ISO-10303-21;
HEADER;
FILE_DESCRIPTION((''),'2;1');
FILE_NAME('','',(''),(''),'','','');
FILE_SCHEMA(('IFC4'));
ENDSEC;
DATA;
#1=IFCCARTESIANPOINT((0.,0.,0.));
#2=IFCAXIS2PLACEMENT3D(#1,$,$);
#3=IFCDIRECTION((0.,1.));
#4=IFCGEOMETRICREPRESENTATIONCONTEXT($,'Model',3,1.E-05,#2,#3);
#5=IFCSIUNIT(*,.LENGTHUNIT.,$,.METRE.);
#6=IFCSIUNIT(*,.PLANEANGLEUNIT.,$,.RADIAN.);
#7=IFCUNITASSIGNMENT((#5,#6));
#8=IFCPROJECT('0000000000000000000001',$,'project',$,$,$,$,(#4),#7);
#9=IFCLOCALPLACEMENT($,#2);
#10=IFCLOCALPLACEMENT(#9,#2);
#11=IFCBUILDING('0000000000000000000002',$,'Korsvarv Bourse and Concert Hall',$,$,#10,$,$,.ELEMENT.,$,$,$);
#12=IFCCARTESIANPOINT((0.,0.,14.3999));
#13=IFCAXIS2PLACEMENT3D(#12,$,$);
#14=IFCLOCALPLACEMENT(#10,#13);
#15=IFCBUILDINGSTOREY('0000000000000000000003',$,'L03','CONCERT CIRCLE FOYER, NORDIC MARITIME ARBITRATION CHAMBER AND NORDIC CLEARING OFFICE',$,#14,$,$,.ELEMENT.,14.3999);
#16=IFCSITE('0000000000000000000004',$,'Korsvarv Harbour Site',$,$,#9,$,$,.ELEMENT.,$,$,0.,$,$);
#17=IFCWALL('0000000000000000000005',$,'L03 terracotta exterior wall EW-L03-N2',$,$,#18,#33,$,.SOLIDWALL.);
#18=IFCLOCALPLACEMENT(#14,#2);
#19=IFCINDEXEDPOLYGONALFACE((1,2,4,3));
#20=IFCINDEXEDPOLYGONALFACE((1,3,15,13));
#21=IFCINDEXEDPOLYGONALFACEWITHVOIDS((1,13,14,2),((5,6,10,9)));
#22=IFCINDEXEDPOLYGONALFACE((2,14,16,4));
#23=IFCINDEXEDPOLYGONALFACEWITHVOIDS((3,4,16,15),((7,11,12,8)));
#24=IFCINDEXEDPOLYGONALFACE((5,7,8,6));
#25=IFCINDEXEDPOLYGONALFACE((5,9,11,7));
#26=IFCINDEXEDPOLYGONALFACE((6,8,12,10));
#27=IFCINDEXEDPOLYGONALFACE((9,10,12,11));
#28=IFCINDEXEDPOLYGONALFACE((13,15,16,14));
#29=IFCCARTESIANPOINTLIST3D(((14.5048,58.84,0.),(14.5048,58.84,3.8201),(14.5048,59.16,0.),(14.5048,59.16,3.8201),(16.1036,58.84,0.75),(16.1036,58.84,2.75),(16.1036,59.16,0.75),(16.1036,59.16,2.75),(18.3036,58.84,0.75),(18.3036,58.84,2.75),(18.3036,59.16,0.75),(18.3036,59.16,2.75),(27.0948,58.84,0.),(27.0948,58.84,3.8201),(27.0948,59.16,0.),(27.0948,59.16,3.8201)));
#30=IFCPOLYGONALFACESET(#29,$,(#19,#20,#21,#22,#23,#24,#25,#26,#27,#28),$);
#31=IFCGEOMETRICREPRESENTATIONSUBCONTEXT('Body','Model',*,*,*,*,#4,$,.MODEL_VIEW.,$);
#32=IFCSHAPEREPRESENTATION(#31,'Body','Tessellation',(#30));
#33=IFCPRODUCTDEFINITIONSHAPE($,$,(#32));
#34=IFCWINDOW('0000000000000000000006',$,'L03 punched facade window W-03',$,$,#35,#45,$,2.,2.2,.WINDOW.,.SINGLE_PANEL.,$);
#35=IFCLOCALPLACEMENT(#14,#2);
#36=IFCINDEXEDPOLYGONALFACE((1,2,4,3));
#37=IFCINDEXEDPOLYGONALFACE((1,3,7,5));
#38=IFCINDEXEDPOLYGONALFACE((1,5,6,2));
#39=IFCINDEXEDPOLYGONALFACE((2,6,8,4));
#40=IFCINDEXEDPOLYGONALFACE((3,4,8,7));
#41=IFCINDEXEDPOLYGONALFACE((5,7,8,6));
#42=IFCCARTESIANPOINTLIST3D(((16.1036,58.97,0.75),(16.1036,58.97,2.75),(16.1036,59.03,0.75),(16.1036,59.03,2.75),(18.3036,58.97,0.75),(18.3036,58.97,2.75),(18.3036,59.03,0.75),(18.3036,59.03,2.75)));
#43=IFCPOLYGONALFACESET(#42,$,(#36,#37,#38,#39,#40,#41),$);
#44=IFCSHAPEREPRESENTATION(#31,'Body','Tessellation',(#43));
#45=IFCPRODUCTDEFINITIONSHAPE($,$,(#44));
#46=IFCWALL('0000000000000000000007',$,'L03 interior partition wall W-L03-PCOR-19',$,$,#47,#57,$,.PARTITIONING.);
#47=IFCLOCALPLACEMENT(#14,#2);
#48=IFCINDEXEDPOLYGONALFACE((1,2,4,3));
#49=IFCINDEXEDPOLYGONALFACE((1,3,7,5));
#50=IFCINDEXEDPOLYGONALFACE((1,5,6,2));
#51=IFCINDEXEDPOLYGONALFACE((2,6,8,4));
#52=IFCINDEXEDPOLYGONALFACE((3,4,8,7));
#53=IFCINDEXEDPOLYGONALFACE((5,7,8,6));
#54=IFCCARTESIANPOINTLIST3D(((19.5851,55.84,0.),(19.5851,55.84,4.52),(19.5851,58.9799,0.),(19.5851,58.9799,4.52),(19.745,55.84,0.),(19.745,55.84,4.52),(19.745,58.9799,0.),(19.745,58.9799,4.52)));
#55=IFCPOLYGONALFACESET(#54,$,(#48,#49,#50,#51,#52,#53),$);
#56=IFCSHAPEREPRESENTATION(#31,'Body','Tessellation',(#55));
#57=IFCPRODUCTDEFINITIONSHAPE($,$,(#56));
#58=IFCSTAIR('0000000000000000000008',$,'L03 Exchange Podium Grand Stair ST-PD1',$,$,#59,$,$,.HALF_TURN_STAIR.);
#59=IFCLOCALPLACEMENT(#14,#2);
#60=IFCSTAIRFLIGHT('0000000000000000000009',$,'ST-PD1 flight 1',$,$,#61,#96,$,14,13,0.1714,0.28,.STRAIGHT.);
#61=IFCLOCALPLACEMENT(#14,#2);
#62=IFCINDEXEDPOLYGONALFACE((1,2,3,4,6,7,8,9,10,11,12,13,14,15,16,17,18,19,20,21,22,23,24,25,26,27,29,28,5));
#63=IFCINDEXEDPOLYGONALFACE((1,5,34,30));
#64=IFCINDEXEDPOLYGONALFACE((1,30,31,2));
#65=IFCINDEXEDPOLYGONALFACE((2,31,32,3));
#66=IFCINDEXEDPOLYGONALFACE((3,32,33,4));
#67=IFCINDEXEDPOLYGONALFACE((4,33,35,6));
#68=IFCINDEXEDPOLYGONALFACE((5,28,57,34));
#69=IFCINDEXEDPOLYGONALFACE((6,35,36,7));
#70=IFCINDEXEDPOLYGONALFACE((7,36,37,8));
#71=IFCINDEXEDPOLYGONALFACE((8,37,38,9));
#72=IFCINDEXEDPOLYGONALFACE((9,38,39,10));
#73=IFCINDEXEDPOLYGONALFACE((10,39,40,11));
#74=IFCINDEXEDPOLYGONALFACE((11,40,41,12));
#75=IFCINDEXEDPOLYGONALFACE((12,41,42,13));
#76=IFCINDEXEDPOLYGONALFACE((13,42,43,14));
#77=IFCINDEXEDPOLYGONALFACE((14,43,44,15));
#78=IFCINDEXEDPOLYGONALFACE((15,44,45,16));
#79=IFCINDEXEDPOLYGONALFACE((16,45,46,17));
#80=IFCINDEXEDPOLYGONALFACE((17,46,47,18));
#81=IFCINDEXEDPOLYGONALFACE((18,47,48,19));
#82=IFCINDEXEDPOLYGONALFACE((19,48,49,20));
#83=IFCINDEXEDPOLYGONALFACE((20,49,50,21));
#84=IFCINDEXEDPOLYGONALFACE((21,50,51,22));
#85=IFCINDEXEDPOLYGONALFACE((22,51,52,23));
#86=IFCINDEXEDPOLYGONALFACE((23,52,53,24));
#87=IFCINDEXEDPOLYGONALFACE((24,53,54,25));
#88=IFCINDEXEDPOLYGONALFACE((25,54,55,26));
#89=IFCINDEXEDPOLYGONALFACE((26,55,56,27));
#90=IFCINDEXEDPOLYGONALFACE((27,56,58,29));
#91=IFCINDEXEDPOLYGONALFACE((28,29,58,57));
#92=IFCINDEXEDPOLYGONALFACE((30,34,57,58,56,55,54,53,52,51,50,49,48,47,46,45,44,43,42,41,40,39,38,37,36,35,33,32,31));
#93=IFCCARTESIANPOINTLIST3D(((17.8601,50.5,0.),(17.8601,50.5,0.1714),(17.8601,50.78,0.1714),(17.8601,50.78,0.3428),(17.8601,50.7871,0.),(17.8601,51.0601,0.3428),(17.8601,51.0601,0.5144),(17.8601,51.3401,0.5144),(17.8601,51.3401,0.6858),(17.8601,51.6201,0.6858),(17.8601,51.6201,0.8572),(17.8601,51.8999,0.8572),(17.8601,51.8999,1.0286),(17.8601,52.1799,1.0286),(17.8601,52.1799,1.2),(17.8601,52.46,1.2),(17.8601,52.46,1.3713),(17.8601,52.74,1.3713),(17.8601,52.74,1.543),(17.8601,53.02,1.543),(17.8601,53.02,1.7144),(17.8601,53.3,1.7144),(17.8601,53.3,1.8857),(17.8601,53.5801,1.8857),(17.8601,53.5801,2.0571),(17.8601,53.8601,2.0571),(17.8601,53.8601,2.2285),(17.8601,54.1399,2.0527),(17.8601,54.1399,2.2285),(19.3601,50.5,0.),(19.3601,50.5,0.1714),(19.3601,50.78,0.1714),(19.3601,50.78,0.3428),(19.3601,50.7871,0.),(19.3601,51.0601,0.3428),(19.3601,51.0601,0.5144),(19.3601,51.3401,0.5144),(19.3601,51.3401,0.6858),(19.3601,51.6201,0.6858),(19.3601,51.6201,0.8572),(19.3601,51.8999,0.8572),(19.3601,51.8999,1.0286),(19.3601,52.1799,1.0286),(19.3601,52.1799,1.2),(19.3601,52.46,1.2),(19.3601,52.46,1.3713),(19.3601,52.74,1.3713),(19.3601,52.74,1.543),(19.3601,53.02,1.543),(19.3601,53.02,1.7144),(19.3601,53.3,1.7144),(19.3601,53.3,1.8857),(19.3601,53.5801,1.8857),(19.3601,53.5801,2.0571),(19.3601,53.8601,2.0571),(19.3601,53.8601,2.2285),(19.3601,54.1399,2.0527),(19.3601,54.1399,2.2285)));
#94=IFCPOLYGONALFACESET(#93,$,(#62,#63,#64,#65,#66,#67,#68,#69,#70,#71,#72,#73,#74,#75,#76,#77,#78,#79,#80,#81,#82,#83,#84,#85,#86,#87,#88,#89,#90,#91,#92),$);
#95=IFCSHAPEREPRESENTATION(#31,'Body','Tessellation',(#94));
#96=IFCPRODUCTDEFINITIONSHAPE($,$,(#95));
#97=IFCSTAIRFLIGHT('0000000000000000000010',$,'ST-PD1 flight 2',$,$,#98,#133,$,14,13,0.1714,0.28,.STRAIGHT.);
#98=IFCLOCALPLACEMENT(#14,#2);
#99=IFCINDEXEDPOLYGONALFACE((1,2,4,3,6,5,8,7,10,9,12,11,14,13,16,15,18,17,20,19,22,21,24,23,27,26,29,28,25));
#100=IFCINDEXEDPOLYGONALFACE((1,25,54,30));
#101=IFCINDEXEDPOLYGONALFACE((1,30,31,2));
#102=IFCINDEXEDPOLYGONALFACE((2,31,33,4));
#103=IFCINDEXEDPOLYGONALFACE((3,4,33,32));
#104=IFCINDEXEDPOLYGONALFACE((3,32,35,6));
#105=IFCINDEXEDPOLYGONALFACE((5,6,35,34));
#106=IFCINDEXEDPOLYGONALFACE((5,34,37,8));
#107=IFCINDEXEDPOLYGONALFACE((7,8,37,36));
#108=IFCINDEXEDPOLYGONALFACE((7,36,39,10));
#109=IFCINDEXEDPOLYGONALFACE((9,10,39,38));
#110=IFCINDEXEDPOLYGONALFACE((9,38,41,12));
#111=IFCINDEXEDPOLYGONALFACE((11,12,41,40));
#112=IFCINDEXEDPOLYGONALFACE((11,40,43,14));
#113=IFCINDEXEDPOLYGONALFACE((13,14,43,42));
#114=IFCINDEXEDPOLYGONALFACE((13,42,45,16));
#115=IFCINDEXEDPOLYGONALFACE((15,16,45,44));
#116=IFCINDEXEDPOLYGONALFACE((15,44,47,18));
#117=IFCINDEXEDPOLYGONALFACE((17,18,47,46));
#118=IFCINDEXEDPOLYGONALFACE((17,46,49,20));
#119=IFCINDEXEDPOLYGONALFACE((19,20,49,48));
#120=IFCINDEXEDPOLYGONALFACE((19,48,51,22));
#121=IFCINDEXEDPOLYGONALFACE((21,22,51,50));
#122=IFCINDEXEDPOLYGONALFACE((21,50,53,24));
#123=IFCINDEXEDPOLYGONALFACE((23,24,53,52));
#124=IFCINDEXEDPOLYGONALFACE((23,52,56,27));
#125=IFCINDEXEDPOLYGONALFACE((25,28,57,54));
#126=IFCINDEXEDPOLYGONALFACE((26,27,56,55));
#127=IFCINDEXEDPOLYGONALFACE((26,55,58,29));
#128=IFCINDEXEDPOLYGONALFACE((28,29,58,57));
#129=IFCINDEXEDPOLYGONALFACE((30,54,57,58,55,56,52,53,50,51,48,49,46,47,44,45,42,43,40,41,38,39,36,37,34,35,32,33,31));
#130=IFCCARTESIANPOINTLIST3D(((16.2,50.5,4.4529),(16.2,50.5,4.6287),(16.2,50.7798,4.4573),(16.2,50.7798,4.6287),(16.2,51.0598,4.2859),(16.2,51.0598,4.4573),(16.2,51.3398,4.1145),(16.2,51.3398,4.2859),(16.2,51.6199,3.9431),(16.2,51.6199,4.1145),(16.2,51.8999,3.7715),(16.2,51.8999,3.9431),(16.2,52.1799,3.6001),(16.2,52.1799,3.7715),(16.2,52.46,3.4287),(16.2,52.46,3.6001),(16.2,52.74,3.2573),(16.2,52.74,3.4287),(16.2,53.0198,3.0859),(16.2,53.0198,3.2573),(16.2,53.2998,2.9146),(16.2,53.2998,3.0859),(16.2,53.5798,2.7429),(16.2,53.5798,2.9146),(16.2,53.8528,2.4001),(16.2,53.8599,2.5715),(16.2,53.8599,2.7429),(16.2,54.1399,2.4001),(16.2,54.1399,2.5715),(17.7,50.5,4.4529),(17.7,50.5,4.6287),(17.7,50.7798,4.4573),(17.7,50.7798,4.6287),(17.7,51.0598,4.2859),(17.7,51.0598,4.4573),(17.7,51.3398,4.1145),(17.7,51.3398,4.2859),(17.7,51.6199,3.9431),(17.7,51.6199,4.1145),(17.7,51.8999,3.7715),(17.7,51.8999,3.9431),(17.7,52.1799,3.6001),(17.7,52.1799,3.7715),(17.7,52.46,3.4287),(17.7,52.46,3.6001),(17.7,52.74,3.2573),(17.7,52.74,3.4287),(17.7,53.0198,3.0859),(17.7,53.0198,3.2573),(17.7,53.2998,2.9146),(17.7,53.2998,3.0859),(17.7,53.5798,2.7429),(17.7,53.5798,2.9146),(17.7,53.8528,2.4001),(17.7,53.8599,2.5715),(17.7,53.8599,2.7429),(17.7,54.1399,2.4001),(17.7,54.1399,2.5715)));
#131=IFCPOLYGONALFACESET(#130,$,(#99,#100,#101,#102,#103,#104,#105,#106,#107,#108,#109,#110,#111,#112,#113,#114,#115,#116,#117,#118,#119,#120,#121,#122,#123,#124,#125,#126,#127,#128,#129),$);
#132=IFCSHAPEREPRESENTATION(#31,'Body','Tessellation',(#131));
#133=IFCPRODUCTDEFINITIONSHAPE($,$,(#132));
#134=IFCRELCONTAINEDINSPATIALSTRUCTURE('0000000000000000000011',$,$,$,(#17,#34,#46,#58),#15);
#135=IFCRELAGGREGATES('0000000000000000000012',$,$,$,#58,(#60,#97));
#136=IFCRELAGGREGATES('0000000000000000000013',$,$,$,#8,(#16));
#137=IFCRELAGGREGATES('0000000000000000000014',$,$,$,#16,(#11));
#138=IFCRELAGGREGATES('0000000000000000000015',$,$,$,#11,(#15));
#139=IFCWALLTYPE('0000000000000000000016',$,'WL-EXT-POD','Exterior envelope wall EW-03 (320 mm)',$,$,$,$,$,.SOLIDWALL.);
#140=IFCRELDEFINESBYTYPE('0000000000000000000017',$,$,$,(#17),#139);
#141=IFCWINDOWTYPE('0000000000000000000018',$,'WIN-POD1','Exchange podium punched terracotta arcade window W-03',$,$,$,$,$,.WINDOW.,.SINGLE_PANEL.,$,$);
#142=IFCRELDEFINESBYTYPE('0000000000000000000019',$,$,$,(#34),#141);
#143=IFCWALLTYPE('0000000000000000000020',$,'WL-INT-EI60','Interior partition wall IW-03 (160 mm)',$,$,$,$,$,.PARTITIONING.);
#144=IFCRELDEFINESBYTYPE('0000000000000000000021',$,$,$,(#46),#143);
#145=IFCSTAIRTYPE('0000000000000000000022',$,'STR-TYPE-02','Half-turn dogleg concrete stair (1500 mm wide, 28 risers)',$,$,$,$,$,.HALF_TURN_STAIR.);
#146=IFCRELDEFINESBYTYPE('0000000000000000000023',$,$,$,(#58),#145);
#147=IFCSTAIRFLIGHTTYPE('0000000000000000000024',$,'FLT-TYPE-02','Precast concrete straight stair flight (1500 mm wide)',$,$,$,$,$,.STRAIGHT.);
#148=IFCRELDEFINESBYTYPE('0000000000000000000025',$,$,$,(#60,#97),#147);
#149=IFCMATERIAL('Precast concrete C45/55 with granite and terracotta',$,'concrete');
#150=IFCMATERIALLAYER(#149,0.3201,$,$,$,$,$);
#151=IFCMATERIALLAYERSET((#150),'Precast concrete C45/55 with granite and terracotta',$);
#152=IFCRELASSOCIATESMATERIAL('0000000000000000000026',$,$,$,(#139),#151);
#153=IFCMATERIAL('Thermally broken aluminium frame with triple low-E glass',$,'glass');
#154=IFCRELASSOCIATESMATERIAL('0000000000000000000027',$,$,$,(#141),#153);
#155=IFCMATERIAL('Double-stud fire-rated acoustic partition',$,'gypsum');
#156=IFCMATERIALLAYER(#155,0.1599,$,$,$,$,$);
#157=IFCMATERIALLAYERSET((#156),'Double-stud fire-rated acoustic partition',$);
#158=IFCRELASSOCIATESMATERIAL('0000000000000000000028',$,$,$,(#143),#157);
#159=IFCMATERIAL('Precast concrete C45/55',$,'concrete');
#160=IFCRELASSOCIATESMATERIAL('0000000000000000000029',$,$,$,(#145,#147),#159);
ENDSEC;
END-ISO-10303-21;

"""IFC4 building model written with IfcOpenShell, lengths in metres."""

from ifc_helpers import new_model, si_unit, direction, frame, frame_2d, origin, place, context, subcontext, project, spatial, polyline, rectangle, outline, extrude, material, layer, layer_set, type_object, element, fill, aggregate, save


model = new_model("IFC4")

# Units and contexts
model_context = context("Model", 3, precision=1e-05, world=origin(), true_north=direction((0.0, 1.0)))
body_context = subcontext(model_context, "Body", "Model", "MODEL_VIEW")
ifc_project = project(units=[si_unit("LENGTHUNIT", "METRE"), si_unit("PLANEANGLEUNIT", "RADIAN")], contexts=[model_context])

# Site, building, storey
site_placement = place(None, origin())
site = spatial("IfcSite", under=ifc_project, at=site_placement, Name="Korsvarv Harbour Site", CompositionType="ELEMENT", RefElevation=0.0)
building_placement = place(site_placement, origin())
building = spatial("IfcBuilding", under=site, at=building_placement, Name="Korsvarv Bourse and Concert Hall", CompositionType="ELEMENT")
storey_placement = place(building_placement, frame((0.0, 0.0, 14.3999)))
storey = spatial("IfcBuildingStorey", under=building, at=storey_placement, Name="L03", Description="CONCERT CIRCLE FOYER, NORDIC MARITIME ARBITRATION CHAMBER AND NORDIC CLEARING OFFICE", CompositionType="ELEMENT", Elevation=14.3999)

# Wall, opening, window
ifc_material_1 = material(Name="Precast concrete C45/55 with granite and terracotta", Category="concrete")
ifc_layer_1 = layer(ifc_material_1, 0.3201)
ifc_layer_set_1 = layer_set([ifc_layer_1], Name="Precast concrete C45/55 with granite and terracotta")
wall_type_1 = type_object("IfcWallType", Name="WL-EXT-POD", Description="Exterior envelope wall EW-03 (320 mm)", PredefinedType="SOLIDWALL", material=ifc_layer_set_1)
wall_1_placement = place(storey_placement, frame((14.5049, 59.0, 0.0), z_axis=(0.0, 0.0, 1.0), x_axis=(1.0, 0.0, 0.0)))
wall_1 = element("IfcWall", 1, at=wall_1_placement, inside=storey, type_object=wall_type_1, Name="L03 terracotta exterior wall EW-L03-N2", PredefinedType="SOLIDWALL", context=body_context, shape_type="SweptSolid", body=[
    extrude(rectangle(XDim=12.5901, YDim=0.3201, at=frame_2d((6.2949, 0.0))), origin(), (0.0, 0.0, 1.0), 3.8201),
])
opening_1_placement = place(wall_1_placement, frame((1.5986, 0.0, 0.75)))
opening_1 = element("IfcOpeningElement", 2, at=opening_1_placement, cuts=wall_1, PredefinedType="OPENING", context=body_context, shape_type="SweptSolid", body=[
    extrude(rectangle(XDim=2.2, YDim=2.0, at=frame_2d((1.1001, 1.0))), frame((0.0, 0.1699, 0.0), z_axis=(0.0, -1.0, 0.0), x_axis=(1.0, 0.0, 0.0)), (0.0, 0.0, 1.0), 0.3401),
])
ifc_material_2 = material(Name="Thermally broken aluminium frame with triple low-E glass", Category="glass")
window_type = type_object("IfcWindowType", Name="WIN-POD1", Description="Exchange podium punched terracotta arcade window W-03", PartitioningType="SINGLE_PANEL", PredefinedType="WINDOW", material=ifc_material_2)
window_placement = place(opening_1_placement, origin())
window = element("IfcWindow", 3, at=window_placement, inside=storey, type_object=window_type, Name="L03 punched facade window W-03", OverallHeight=2.0, OverallWidth=2.2, PartitioningType="SINGLE_PANEL", PredefinedType="WINDOW", context=body_context, shape_type="SweptSolid", body=[
    extrude(rectangle(XDim=2.2, YDim=2.0, at=frame_2d((1.1001, 1.0))), frame((0.0, 0.03, 0.0), z_axis=(0.0, -1.0, 0.0), x_axis=(1.0, 0.0, 0.0)), (0.0, 0.0, 1.0), 0.0601),
])
fill(opening_1, window)

# Wall
ifc_material_3 = material(Name="Double-stud fire-rated acoustic partition", Category="gypsum")
ifc_layer_2 = layer(ifc_material_3, 0.1599)
ifc_layer_set_2 = layer_set([ifc_layer_2], Name="Double-stud fire-rated acoustic partition")
wall_type_2 = type_object("IfcWallType", Name="WL-INT-EI60", Description="Interior partition wall IW-03 (160 mm)", PredefinedType="PARTITIONING", material=ifc_layer_set_2)
wall_2_placement = place(storey_placement, frame((19.665, 55.8401, 0.0), z_axis=(0.0, 0.0, 1.0), x_axis=(0.0, 1.0, 0.0)))
element("IfcWall", 4, at=wall_2_placement, inside=storey, type_object=wall_type_2, Name="L03 interior partition wall W-L03-PCOR-19", PredefinedType="PARTITIONING", context=body_context, shape_type="SweptSolid", body=[
    extrude(rectangle(XDim=3.1399, YDim=0.1599, at=frame_2d((1.5698, 0.0))), origin(), (0.0, 0.0, 1.0), 4.52),
])

# Stair, stair flights
ifc_material_4 = material(Name="Precast concrete C45/55", Category="concrete")
stair_type = type_object("IfcStairType", Name="STR-TYPE-02", Description="Half-turn dogleg concrete stair (1500 mm wide, 28 risers)", PredefinedType="HALF_TURN_STAIR", material=ifc_material_4)
stair_placement = place(storey_placement, origin())
stair = element("IfcStair", 5, at=stair_placement, inside=storey, type_object=stair_type, Name="L03 Exchange Podium Grand Stair ST-PD1", PredefinedType="HALF_TURN_STAIR")
stair_flight_type = type_object("IfcStairFlightType", Name="FLT-TYPE-02", Description="Precast concrete straight stair flight (1500 mm wide)", PredefinedType="STRAIGHT", material=ifc_material_4)
stair_flight_1_placement = place(storey_placement, frame((18.6101, 50.5, 0.0), z_axis=(0.0, 0.0, 1.0), x_axis=(0.0, 1.0, 0.0)))
stair_flight_1 = element("IfcStairFlight", 6, at=stair_flight_1_placement, type_object=stair_flight_type, Name="ST-PD1 flight 1", NumberOfRisers=14, NumberOfTreads=13, PredefinedType="STRAIGHT", RiserHeight=0.1714, TreadLength=0.28, context=body_context, shape_type="SweptSolid", body=[
    extrude(outline(polyline([(0.0, 0.0), (0.0, 0.1714), (0.28, 0.1714), (0.28, 0.3428), (0.5601, 0.3428), (0.5601, 0.5144), (0.8401, 0.5144), (0.8401, 0.6858), (1.1201, 0.6858), (1.1201, 0.8572), (1.3999, 0.8572), (1.3999, 1.0286), (1.6799, 1.0286), (1.6799, 1.2), (1.96, 1.2), (1.96, 1.3713), (2.24, 1.3713), (2.24, 1.543), (2.52, 1.543), (2.52, 1.7144), (2.8, 1.7144), (2.8, 1.8857), (3.0801, 1.8857), (3.0801, 2.0571), (3.3601, 2.0571), (3.3601, 2.2285), (3.6399, 2.2285), (3.6399, 2.3999), (3.6399, 2.0527), (0.2871, 0.0), (0.0, 0.0)])), frame((0.0, 0.75, 0.0), z_axis=(0.0, -1.0, 0.0), x_axis=(1.0, 0.0, 0.0)), (0.0, 0.0, 1.0), 1.5),
])
stair_flight_2_placement = place(storey_placement, frame((16.95, 54.1399, 2.4001), z_axis=(0.0, 0.0, 1.0), x_axis=(0.0, -1.0, 0.0)))
stair_flight_2 = element("IfcStairFlight", 7, at=stair_flight_2_placement, type_object=stair_flight_type, Name="ST-PD1 flight 2", NumberOfRisers=14, NumberOfTreads=13, PredefinedType="STRAIGHT", RiserHeight=0.1714, TreadLength=0.28, context=body_context, shape_type="SweptSolid", body=[
    extrude(outline(polyline([(0.0, 0.0), (0.0, 0.1714), (0.28, 0.1714), (0.28, 0.3428), (0.5601, 0.3428), (0.5601, 0.5144), (0.8401, 0.5144), (0.8401, 0.6858), (1.1201, 0.6858), (1.1201, 0.8572), (1.3999, 0.8572), (1.3999, 1.0286), (1.6799, 1.0286), (1.6799, 1.2), (1.96, 1.2), (1.96, 1.3713), (2.24, 1.3713), (2.24, 1.543), (2.52, 1.543), (2.52, 1.7144), (2.8, 1.7144), (2.8, 1.8857), (3.0801, 1.8857), (3.0801, 2.0571), (3.3601, 2.0571), (3.3601, 2.2285), (3.6399, 2.2285), (3.6399, 2.3999), (3.6399, 2.0527), (0.2871, 0.0), (0.0, 0.0)])), frame((0.0, 0.75, 0.0), z_axis=(0.0, -1.0, 0.0), x_axis=(1.0, 0.0, 0.0)), (0.0, 0.0, 1.0), 1.5),
])
aggregate(stair, [stair_flight_1, stair_flight_2])

save(model, "model.ifc")
